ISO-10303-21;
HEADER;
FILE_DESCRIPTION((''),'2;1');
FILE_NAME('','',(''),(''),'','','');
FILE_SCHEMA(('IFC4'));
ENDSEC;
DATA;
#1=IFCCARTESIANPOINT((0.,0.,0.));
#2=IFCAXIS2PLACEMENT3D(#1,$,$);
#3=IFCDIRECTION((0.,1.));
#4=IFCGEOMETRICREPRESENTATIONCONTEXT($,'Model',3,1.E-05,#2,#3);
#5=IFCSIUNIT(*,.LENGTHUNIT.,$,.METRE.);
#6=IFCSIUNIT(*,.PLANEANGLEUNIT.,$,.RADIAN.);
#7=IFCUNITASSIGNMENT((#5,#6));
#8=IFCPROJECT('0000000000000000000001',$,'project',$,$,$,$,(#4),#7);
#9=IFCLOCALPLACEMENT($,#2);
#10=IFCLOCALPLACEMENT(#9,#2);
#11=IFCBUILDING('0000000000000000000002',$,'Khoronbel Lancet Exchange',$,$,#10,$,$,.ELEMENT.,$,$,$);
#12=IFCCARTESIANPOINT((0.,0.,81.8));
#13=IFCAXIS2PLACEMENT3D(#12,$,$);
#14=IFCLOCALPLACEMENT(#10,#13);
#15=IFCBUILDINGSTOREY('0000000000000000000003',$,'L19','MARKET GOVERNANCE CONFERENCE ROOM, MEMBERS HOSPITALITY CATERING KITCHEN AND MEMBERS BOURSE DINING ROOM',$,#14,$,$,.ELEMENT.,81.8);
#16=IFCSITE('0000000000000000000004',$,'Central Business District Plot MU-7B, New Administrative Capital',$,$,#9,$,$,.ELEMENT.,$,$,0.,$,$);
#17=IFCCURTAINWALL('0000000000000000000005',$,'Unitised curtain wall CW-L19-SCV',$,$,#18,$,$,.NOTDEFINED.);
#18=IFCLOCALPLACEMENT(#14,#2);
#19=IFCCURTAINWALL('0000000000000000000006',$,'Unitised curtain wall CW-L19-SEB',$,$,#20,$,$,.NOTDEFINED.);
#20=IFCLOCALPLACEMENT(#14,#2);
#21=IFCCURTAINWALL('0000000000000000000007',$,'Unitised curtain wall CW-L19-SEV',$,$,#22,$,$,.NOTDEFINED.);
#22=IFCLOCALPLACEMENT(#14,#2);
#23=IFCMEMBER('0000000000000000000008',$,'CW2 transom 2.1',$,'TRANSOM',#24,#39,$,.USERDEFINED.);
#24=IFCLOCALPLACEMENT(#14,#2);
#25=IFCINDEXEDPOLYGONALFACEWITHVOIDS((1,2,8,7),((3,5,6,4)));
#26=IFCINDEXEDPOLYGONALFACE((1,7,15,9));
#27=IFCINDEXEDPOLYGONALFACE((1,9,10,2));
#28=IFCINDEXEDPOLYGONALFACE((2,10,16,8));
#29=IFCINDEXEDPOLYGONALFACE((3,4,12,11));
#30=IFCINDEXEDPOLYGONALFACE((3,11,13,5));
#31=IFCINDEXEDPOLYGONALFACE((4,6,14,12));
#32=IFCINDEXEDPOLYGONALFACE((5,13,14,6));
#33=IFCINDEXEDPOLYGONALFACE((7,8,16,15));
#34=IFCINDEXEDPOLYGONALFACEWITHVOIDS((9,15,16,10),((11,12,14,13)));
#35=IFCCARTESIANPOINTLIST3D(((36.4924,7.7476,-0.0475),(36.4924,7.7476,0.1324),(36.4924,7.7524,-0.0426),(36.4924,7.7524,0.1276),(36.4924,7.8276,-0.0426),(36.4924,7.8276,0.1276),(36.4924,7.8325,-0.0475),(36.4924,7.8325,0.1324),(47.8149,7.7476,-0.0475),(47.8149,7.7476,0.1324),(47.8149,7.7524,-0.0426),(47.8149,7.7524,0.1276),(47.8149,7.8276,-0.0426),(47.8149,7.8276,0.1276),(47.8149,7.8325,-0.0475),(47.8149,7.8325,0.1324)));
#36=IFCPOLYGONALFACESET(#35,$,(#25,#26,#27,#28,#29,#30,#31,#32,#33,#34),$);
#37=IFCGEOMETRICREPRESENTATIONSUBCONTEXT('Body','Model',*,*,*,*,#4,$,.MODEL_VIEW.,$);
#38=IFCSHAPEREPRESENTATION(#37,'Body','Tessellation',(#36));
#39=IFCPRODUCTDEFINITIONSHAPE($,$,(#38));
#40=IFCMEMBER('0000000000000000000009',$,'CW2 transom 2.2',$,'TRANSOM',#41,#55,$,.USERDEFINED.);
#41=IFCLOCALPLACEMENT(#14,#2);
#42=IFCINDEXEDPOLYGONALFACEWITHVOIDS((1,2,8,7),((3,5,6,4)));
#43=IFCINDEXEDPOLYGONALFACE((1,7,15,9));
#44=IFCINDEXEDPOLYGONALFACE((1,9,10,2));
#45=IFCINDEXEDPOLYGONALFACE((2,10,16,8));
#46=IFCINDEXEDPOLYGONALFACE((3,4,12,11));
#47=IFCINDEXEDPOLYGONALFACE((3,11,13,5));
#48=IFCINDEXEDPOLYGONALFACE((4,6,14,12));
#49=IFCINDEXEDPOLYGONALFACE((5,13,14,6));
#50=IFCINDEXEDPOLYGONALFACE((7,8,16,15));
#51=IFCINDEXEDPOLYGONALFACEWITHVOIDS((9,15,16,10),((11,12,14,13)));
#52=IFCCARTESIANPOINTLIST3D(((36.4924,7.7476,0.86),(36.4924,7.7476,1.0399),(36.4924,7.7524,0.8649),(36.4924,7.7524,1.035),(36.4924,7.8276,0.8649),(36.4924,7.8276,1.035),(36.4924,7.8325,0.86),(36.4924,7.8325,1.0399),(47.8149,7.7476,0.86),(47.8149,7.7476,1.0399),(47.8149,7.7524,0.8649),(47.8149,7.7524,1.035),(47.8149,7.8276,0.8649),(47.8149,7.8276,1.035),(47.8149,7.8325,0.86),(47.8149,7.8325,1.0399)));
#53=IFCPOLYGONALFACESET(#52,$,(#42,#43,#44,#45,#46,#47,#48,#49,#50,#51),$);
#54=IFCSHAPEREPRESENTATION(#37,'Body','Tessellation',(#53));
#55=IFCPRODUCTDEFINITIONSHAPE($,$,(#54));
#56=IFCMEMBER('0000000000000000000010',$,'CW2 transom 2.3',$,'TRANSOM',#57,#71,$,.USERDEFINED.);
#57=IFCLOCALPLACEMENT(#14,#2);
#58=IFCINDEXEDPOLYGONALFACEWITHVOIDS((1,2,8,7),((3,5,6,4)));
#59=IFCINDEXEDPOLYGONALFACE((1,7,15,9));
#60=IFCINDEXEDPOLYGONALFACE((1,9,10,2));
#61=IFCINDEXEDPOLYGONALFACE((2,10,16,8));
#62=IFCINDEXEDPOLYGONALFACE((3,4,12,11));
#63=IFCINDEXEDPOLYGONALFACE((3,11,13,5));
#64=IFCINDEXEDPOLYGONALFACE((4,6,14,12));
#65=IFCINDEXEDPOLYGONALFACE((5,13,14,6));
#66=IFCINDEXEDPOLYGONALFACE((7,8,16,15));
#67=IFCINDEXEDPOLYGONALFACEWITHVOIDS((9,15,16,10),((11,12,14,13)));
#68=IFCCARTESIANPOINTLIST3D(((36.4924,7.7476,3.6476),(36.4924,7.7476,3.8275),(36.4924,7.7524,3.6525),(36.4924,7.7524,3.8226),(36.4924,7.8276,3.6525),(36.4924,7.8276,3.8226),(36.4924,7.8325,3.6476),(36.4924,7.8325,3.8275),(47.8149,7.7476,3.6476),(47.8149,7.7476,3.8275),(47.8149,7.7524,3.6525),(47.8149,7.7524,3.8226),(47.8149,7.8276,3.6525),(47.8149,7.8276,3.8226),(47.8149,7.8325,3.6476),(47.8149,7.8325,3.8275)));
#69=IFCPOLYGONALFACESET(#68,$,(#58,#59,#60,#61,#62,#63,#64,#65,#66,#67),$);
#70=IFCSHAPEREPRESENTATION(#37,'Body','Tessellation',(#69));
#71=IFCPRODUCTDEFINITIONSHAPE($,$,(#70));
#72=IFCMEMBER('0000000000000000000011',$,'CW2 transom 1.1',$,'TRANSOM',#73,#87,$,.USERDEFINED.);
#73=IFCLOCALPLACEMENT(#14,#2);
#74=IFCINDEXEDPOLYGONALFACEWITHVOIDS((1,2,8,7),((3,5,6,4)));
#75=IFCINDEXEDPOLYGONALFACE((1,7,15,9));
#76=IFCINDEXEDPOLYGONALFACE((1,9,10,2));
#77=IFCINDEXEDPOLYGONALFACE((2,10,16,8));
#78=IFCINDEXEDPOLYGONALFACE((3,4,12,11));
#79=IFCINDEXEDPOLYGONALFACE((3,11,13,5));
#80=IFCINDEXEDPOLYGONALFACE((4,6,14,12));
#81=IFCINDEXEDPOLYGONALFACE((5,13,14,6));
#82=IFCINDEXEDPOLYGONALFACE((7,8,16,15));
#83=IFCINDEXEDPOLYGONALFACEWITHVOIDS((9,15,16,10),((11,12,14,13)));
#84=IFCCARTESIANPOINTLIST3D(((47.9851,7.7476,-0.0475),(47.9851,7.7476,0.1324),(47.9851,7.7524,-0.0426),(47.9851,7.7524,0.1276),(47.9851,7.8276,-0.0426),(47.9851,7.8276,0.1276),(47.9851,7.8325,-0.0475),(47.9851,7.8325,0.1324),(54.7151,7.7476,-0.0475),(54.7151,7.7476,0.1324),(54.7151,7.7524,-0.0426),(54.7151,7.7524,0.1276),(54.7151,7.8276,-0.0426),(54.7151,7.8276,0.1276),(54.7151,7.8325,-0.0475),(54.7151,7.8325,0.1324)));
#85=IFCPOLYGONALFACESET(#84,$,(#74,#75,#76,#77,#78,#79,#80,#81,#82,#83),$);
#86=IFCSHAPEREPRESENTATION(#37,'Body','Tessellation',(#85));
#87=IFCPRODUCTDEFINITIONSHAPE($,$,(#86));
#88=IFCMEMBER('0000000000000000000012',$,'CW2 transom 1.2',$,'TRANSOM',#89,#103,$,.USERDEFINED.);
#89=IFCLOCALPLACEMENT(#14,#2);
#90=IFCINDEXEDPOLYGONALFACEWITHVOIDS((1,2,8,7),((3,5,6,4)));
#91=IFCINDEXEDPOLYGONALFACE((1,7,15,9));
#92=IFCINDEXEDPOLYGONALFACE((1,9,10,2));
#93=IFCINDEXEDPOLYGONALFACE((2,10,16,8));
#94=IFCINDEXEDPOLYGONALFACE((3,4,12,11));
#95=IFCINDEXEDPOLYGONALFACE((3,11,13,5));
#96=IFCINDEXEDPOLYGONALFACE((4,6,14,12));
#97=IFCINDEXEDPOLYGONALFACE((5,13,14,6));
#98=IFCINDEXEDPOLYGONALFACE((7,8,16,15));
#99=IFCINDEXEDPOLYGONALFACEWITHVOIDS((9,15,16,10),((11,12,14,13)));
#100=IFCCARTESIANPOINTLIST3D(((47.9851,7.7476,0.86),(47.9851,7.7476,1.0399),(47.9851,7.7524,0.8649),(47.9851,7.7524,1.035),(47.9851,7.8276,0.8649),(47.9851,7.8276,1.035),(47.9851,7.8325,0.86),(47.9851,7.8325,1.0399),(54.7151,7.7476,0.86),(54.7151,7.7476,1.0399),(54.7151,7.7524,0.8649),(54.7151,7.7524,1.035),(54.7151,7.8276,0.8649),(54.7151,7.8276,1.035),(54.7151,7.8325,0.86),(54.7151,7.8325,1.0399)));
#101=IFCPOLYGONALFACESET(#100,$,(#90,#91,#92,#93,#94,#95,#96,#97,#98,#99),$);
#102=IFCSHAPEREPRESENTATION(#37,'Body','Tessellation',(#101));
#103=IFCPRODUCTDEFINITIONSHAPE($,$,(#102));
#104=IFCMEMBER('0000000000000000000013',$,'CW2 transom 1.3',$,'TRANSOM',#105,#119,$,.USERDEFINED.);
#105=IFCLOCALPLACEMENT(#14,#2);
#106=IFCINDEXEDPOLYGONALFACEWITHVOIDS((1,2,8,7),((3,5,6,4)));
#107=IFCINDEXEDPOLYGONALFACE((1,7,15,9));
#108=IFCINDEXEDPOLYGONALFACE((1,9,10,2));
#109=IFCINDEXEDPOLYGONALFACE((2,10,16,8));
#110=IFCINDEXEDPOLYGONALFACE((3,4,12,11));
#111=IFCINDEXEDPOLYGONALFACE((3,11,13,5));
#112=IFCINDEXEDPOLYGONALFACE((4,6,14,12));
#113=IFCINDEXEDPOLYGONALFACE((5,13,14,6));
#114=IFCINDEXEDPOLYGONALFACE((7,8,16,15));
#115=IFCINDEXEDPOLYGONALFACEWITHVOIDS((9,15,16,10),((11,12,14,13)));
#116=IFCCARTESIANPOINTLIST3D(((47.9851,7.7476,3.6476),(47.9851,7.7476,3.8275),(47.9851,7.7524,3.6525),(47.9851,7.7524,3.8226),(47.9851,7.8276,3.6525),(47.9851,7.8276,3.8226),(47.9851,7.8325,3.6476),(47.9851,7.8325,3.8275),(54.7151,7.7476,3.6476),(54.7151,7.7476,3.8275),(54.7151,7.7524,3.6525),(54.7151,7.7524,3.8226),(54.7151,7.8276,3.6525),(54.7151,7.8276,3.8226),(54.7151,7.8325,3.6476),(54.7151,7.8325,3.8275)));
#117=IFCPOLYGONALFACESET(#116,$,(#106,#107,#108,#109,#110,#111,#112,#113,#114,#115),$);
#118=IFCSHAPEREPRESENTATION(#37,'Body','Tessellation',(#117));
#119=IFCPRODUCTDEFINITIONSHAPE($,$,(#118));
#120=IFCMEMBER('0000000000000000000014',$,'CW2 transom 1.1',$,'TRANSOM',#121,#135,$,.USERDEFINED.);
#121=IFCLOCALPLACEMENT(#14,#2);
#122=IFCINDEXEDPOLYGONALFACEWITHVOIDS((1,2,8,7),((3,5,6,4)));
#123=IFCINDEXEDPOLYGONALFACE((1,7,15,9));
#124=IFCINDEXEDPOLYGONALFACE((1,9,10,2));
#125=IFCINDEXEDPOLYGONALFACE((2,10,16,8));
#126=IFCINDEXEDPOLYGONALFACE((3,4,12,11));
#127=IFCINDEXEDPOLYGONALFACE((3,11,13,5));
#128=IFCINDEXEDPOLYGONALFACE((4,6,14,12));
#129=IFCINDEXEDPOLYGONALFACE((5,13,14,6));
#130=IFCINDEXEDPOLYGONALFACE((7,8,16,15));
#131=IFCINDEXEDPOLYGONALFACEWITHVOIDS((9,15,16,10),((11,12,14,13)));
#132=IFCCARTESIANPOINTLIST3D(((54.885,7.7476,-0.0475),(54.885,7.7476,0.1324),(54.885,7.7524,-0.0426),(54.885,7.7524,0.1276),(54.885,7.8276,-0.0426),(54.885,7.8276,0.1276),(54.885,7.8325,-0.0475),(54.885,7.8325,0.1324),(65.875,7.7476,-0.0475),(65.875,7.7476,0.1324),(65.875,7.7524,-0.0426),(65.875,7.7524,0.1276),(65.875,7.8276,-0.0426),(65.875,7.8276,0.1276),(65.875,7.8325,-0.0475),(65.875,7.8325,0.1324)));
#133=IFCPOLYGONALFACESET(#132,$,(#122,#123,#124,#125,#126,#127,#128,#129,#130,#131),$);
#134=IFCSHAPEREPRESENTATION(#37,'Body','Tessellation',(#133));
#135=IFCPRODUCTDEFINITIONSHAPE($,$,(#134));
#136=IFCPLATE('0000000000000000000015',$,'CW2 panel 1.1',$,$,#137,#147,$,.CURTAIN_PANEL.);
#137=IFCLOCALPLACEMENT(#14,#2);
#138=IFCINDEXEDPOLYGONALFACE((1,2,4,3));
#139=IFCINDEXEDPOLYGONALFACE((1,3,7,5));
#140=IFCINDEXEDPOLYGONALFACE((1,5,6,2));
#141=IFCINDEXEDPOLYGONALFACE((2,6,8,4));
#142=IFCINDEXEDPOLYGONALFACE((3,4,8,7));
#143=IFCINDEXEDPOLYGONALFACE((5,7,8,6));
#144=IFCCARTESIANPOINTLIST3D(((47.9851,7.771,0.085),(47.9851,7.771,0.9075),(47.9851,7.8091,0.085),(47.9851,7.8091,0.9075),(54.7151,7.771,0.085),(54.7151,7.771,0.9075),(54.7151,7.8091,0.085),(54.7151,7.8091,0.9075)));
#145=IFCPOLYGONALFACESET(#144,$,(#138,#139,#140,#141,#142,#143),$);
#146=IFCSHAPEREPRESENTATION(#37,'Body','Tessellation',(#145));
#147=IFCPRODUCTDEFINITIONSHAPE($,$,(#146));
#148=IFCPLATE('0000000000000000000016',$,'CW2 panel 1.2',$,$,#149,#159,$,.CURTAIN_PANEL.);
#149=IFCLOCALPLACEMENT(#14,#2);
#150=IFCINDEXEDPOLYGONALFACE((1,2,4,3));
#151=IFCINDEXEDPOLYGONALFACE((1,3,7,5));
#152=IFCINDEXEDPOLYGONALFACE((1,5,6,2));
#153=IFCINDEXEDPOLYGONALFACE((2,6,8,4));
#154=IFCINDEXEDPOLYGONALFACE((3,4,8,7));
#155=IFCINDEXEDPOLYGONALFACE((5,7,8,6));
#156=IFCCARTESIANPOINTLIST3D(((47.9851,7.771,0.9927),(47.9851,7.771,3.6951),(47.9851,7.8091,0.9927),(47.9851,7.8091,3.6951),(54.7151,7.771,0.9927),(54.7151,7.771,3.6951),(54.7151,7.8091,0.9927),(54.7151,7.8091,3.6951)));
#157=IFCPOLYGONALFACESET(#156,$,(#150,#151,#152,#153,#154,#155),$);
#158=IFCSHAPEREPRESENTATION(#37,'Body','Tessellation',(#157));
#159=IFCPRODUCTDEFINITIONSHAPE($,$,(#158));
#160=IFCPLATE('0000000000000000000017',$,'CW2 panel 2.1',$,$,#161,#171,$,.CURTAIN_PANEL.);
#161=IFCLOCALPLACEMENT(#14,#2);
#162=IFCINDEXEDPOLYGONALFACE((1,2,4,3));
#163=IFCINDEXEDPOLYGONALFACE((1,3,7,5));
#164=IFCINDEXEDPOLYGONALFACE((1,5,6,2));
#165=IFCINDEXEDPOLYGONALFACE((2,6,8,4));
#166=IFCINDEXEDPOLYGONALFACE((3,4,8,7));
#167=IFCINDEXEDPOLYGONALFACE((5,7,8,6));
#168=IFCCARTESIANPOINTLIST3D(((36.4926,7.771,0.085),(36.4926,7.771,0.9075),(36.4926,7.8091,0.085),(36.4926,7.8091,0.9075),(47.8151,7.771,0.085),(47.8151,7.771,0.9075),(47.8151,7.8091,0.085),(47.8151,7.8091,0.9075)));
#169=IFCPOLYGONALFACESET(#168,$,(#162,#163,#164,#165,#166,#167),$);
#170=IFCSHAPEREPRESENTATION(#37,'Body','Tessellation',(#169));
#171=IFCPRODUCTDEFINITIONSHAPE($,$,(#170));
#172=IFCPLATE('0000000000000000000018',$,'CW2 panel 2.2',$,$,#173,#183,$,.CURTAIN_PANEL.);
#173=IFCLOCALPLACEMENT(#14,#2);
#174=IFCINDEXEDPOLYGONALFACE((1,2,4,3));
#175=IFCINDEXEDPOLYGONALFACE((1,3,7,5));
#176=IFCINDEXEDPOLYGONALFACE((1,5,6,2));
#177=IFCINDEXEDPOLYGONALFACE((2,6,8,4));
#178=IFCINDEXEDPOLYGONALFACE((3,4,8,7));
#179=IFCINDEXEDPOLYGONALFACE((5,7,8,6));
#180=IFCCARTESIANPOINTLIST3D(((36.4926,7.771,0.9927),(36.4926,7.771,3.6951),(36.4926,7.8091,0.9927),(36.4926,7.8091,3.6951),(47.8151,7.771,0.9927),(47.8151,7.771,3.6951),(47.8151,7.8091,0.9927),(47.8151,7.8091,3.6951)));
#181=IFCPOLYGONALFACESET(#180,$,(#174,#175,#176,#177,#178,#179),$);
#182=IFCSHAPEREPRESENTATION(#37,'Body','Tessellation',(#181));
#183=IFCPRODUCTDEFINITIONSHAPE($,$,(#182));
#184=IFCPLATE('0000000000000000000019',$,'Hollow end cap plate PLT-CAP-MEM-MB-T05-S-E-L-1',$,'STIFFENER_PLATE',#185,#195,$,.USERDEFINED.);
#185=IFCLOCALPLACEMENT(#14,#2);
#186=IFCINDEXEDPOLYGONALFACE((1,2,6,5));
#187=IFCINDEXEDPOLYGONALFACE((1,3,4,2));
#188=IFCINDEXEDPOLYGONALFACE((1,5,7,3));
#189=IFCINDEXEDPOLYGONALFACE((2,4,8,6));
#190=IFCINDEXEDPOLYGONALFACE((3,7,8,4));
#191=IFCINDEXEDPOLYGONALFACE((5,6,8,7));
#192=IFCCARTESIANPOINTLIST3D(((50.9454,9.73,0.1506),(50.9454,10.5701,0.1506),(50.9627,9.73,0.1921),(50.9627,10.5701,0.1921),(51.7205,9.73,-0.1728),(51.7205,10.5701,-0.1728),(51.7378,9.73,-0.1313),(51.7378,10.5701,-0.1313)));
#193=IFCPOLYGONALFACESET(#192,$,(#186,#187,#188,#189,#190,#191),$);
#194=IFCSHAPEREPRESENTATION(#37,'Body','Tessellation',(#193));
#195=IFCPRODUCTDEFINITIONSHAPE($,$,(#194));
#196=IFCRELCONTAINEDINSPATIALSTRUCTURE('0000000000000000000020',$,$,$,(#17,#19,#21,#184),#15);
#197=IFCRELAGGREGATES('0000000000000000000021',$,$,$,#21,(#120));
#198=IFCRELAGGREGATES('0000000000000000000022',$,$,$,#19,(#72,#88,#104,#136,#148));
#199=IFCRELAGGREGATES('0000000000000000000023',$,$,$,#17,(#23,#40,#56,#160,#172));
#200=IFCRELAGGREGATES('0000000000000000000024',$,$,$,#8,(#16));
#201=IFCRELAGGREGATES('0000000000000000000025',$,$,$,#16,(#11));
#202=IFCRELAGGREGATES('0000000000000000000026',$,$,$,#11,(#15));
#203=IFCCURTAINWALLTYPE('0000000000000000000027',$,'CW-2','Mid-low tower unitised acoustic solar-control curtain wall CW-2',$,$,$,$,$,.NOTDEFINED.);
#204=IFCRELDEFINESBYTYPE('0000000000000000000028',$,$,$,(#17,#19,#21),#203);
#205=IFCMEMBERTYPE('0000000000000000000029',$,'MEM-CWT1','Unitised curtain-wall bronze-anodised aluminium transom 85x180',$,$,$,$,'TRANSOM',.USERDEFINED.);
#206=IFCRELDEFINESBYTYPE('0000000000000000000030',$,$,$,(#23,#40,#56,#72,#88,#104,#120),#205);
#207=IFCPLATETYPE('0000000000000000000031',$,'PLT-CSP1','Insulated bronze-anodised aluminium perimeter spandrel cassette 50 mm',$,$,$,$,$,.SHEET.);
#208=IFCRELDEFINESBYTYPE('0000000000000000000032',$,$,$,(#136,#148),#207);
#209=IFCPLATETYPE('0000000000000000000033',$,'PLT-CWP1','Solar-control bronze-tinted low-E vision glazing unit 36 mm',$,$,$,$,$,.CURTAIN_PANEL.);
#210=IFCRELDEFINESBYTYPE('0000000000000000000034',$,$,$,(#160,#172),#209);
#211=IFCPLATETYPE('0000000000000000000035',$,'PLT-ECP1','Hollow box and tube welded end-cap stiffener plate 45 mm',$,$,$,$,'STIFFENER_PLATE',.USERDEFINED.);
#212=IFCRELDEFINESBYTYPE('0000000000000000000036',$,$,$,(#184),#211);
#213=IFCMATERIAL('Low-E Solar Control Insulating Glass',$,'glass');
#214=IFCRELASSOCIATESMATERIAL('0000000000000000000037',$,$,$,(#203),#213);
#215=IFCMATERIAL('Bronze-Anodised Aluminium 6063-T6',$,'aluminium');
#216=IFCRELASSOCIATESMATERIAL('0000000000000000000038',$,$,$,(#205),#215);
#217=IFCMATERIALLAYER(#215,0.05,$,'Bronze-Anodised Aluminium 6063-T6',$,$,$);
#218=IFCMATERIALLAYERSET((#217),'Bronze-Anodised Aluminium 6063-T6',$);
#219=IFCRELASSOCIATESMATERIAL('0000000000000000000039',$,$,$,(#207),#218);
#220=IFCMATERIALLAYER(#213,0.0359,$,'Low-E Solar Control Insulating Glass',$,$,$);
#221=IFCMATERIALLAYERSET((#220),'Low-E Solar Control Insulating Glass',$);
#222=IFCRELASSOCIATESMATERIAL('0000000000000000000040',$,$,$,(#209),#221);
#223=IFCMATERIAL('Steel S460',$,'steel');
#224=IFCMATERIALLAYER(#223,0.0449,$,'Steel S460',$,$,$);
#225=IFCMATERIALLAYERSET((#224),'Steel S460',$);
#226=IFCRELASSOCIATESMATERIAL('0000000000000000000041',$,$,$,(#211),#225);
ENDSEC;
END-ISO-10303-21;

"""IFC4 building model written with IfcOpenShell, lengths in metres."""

from ifc_helpers import new_model, si_unit, direction, frame, origin, origin_2d, place, context, subcontext, project, spatial, polyline, rectangle, hollow_rectangle, outline, extrude, material, layer, layer_set, material_profile, profile_set, type_object, element, aggregate, save


model = new_model("IFC4")

# Units and contexts
model_context = context("Model", 3, precision=1e-05, world=origin(), true_north=direction((0.0, 1.0)))
body_context = subcontext(model_context, "Body", "Model", "MODEL_VIEW")
ifc_project = project(units=[si_unit("LENGTHUNIT", "METRE"), si_unit("PLANEANGLEUNIT", "RADIAN")], contexts=[model_context])

# Site, building, storey
site_placement = place(None, origin())
site = spatial("IfcSite", under=ifc_project, at=site_placement, Name="Central Business District Plot MU-7B, New Administrative Capital", CompositionType="ELEMENT", RefElevation=0.0)
building_placement = place(site_placement, origin())
building = spatial("IfcBuilding", under=site, at=building_placement, Name="Khoronbel Lancet Exchange", CompositionType="ELEMENT")
storey_placement = place(building_placement, frame((0.0, 0.0, 81.8)))
storey = spatial("IfcBuildingStorey", under=building, at=storey_placement, Name="L19", Description="MARKET GOVERNANCE CONFERENCE ROOM, MEMBERS HOSPITALITY CATERING KITCHEN AND MEMBERS BOURSE DINING ROOM", CompositionType="ELEMENT", Elevation=81.8)

# Shared definitions
ifc_material_1 = material(Name="Steel S460", Category="steel")

# Curtain walls
ifc_material_2 = material(Name="Low-E Solar Control Insulating Glass", Category="glass")
curtain_wall_type = type_object("IfcCurtainWallType", Name="CW-2", Description="Mid-low tower unitised acoustic solar-control curtain wall CW-2", PredefinedType="NOTDEFINED", material=ifc_material_2)
curtain_wall_1_placement = place(storey_placement, origin())
curtain_wall_1 = element("IfcCurtainWall", 1, at=curtain_wall_1_placement, inside=storey, type_object=curtain_wall_type, Name="Unitised curtain wall CW-L19-SCV", PredefinedType="NOTDEFINED")
ifc_material_3 = material(Name="Bronze-Anodised Aluminium 6063-T6", Category="aluminium")
curtain_wall_2_placement = place(storey_placement, origin())
curtain_wall_2 = element("IfcCurtainWall", 2, at=curtain_wall_2_placement, inside=storey, type_object=curtain_wall_type, Name="Unitised curtain wall CW-L19-SEB", PredefinedType="NOTDEFINED")

# Curtain wall
curtain_wall_3_placement = place(storey_placement, origin())
curtain_wall_3 = element("IfcCurtainWall", 3, at=curtain_wall_3_placement, inside=storey, type_object=curtain_wall_type, Name="Unitised curtain wall CW-L19-SEV", PredefinedType="NOTDEFINED")

# Members
ifc_material_profile_1 = material_profile(ifc_material_3, hollow_rectangle(XDim=0.085, YDim=0.1799, WallThickness=0.0049, at=origin_2d()), Name="ALU TRANSOM 85x180")
ifc_profile_set_1 = profile_set([ifc_material_profile_1], Name="Bronze-Anodised Aluminium 6063-T6")
member_type_1 = type_object("IfcMemberType", Name="MEM-CWT1", Description="Unitised curtain-wall bronze-anodised aluminium transom 85x180", ElementType="TRANSOM", PredefinedType="USERDEFINED", material=ifc_profile_set_1)
member_1_placement = place(storey_placement, frame((36.4924, 7.79, 0.0425), z_axis=(1.0, 0.0, 0.0), x_axis=(0.0, 1.0, 0.0)))
member_1 = element("IfcMember", 4, at=member_1_placement, type_object=member_type_1, Name="CW2 transom 2.1", ObjectType="TRANSOM", PredefinedType="USERDEFINED", context=body_context, shape_type="SweptSolid", body=[
    extrude(hollow_rectangle(XDim=0.085, YDim=0.1799, WallThickness=0.0049, at=origin_2d()), origin(), (0.0, 0.0, 1.0), 11.3225),
])
member_2_placement = place(storey_placement, frame((36.4924, 7.79, 0.95), z_axis=(1.0, 0.0, 0.0), x_axis=(0.0, 1.0, 0.0)))
member_2 = element("IfcMember", 5, at=member_2_placement, type_object=member_type_1, Name="CW2 transom 2.2", ObjectType="TRANSOM", PredefinedType="USERDEFINED", context=body_context, shape_type="SweptSolid", body=[
    extrude(hollow_rectangle(XDim=0.085, YDim=0.1799, WallThickness=0.0049, at=origin_2d()), origin(), (0.0, 0.0, 1.0), 11.3225),
])
member_3_placement = place(storey_placement, frame((36.4924, 7.79, 3.7375), z_axis=(1.0, 0.0, 0.0), x_axis=(0.0, 1.0, 0.0)))
member_3 = element("IfcMember", 6, at=member_3_placement, type_object=member_type_1, Name="CW2 transom 2.3", ObjectType="TRANSOM", PredefinedType="USERDEFINED", context=body_context, shape_type="SweptSolid", body=[
    extrude(hollow_rectangle(XDim=0.085, YDim=0.1799, WallThickness=0.0049, at=origin_2d()), origin(), (0.0, 0.0, 1.0), 11.3225),
])
member_4_placement = place(storey_placement, frame((47.9851, 7.79, 0.0425), z_axis=(1.0, 0.0, 0.0), x_axis=(0.0, 1.0, 0.0)))
member_4 = element("IfcMember", 7, at=member_4_placement, type_object=member_type_1, Name="CW2 transom 1.1", ObjectType="TRANSOM", PredefinedType="USERDEFINED", context=body_context, shape_type="SweptSolid", body=[
    extrude(hollow_rectangle(XDim=0.085, YDim=0.1799, WallThickness=0.0049, at=origin_2d()), origin(), (0.0, 0.0, 1.0), 6.73),
])
member_5_placement = place(storey_placement, frame((47.9851, 7.79, 0.95), z_axis=(1.0, 0.0, 0.0), x_axis=(0.0, 1.0, 0.0)))
member_5 = element("IfcMember", 8, at=member_5_placement, type_object=member_type_1, Name="CW2 transom 1.2", ObjectType="TRANSOM", PredefinedType="USERDEFINED", context=body_context, shape_type="SweptSolid", body=[
    extrude(hollow_rectangle(XDim=0.085, YDim=0.1799, WallThickness=0.0049, at=origin_2d()), origin(), (0.0, 0.0, 1.0), 6.73),
])
member_6_placement = place(storey_placement, frame((47.9851, 7.79, 3.7375), z_axis=(1.0, 0.0, 0.0), x_axis=(0.0, 1.0, 0.0)))
member_6 = element("IfcMember", 9, at=member_6_placement, type_object=member_type_1, Name="CW2 transom 1.3", ObjectType="TRANSOM", PredefinedType="USERDEFINED", context=body_context, shape_type="SweptSolid", body=[
    extrude(hollow_rectangle(XDim=0.085, YDim=0.1799, WallThickness=0.0049, at=origin_2d()), origin(), (0.0, 0.0, 1.0), 6.73),
])
member_7_placement = place(storey_placement, frame((54.885, 7.79, 0.0425), z_axis=(1.0, 0.0, 0.0), x_axis=(0.0, 1.0, 0.0)))
member_7 = element("IfcMember", 10, at=member_7_placement, type_object=member_type_1, Name="CW2 transom 1.1", ObjectType="TRANSOM", PredefinedType="USERDEFINED", context=body_context, shape_type="SweptSolid", body=[
    extrude(hollow_rectangle(XDim=0.085, YDim=0.1799, WallThickness=0.0049, at=origin_2d()), origin(), (0.0, 0.0, 1.0), 10.99),
])
aggregate(curtain_wall_3, [member_7])

# Plates
ifc_layer_1 = layer(ifc_material_3, 0.05, Name="Bronze-Anodised Aluminium 6063-T6")
ifc_layer_set_1 = layer_set([ifc_layer_1], Name="Bronze-Anodised Aluminium 6063-T6")
plate_type_1 = type_object("IfcPlateType", Name="PLT-CSP1", Description="Insulated bronze-anodised aluminium perimeter spandrel cassette 50 mm", PredefinedType="SHEET", material=ifc_layer_set_1)
plate_1_placement = place(storey_placement, frame((51.3501, 7.79, 0.085), z_axis=(0.0, 0.0, 1.0), x_axis=(1.0, 0.0, 0.0)))
plate_1 = element("IfcPlate", 11, at=plate_1_placement, type_object=plate_type_1, Name="CW2 panel 1.1", PredefinedType="CURTAIN_PANEL", context=body_context, shape_type="SweptSolid", body=[
    extrude(rectangle(XDim=6.73, YDim=0.0381, at=origin_2d()), origin(), (0.0, 0.0, 1.0), 0.8225),
])
plate_2_placement = place(storey_placement, frame((51.3501, 7.79, 0.9927), z_axis=(0.0, 0.0, 1.0), x_axis=(1.0, 0.0, 0.0)))
plate_2 = element("IfcPlate", 12, at=plate_2_placement, type_object=plate_type_1, Name="CW2 panel 1.2", PredefinedType="CURTAIN_PANEL", context=body_context, shape_type="SweptSolid", body=[
    extrude(rectangle(XDim=6.73, YDim=0.0381, at=origin_2d()), origin(), (0.0, 0.0, 1.0), 2.7024),
])
aggregate(curtain_wall_2, [member_4, member_5, member_6, plate_1, plate_2])
ifc_layer_2 = layer(ifc_material_2, 0.0359, Name="Low-E Solar Control Insulating Glass")
ifc_layer_set_2 = layer_set([ifc_layer_2], Name="Low-E Solar Control Insulating Glass")
plate_type_2 = type_object("IfcPlateType", Name="PLT-CWP1", Description="Solar-control bronze-tinted low-E vision glazing unit 36 mm", PredefinedType="CURTAIN_PANEL", material=ifc_layer_set_2)
plate_3_placement = place(storey_placement, frame((42.1538, 7.79, 0.085), z_axis=(0.0, 0.0, 1.0), x_axis=(1.0, 0.0, 0.0)))
plate_3 = element("IfcPlate", 13, at=plate_3_placement, type_object=plate_type_2, Name="CW2 panel 2.1", PredefinedType="CURTAIN_PANEL", context=body_context, shape_type="SweptSolid", body=[
    extrude(rectangle(XDim=11.3225, YDim=0.0381, at=origin_2d()), origin(), (0.0, 0.0, 1.0), 0.8225),
])
plate_4_placement = place(storey_placement, frame((42.1538, 7.79, 0.9927), z_axis=(0.0, 0.0, 1.0), x_axis=(1.0, 0.0, 0.0)))
plate_4 = element("IfcPlate", 14, at=plate_4_placement, type_object=plate_type_2, Name="CW2 panel 2.2", PredefinedType="CURTAIN_PANEL", context=body_context, shape_type="SweptSolid", body=[
    extrude(rectangle(XDim=11.3225, YDim=0.0381, at=origin_2d()), origin(), (0.0, 0.0, 1.0), 2.7024),
])
aggregate(curtain_wall_1, [member_1, member_2, member_3, plate_3, plate_4])

# Plate
ifc_layer_3 = layer(ifc_material_1, 0.0449, Name="Steel S460")
ifc_layer_set_3 = layer_set([ifc_layer_3], Name="Steel S460")
plate_type_3 = type_object("IfcPlateType", Name="PLT-ECP1", Description="Hollow box and tube welded end-cap stiffener plate 45 mm", ElementType="STIFFENER_PLATE", PredefinedType="USERDEFINED", material=ifc_layer_set_3)
for number, where, z_axis, x_axis, name in (
    (15, (51.7378, 9.73, -0.1313), (0.385131, 0.0, 0.922862), (0.0, 1.0, 0.0), "Hollow end cap plate PLT-CAP-MEM-MB-T05-S-E-L-1"),
):
    element("IfcPlate", number, at=place(storey_placement, frame(where, z_axis=z_axis, x_axis=x_axis)), inside=storey, type_object=plate_type_3, Name=name, ObjectType="STIFFENER_PLATE", PredefinedType="USERDEFINED", context=body_context, shape_type="SweptSolid", body=[
        extrude(outline(polyline([(0.0, 0.0), (0.8401, 0.0), (0.8401, 0.8398), (0.0, 0.8398), (0.0, 0.0)])), origin(), (0.0, 0.0, -1.0), 0.0449),
    ])

save(model, "model.ifc")
